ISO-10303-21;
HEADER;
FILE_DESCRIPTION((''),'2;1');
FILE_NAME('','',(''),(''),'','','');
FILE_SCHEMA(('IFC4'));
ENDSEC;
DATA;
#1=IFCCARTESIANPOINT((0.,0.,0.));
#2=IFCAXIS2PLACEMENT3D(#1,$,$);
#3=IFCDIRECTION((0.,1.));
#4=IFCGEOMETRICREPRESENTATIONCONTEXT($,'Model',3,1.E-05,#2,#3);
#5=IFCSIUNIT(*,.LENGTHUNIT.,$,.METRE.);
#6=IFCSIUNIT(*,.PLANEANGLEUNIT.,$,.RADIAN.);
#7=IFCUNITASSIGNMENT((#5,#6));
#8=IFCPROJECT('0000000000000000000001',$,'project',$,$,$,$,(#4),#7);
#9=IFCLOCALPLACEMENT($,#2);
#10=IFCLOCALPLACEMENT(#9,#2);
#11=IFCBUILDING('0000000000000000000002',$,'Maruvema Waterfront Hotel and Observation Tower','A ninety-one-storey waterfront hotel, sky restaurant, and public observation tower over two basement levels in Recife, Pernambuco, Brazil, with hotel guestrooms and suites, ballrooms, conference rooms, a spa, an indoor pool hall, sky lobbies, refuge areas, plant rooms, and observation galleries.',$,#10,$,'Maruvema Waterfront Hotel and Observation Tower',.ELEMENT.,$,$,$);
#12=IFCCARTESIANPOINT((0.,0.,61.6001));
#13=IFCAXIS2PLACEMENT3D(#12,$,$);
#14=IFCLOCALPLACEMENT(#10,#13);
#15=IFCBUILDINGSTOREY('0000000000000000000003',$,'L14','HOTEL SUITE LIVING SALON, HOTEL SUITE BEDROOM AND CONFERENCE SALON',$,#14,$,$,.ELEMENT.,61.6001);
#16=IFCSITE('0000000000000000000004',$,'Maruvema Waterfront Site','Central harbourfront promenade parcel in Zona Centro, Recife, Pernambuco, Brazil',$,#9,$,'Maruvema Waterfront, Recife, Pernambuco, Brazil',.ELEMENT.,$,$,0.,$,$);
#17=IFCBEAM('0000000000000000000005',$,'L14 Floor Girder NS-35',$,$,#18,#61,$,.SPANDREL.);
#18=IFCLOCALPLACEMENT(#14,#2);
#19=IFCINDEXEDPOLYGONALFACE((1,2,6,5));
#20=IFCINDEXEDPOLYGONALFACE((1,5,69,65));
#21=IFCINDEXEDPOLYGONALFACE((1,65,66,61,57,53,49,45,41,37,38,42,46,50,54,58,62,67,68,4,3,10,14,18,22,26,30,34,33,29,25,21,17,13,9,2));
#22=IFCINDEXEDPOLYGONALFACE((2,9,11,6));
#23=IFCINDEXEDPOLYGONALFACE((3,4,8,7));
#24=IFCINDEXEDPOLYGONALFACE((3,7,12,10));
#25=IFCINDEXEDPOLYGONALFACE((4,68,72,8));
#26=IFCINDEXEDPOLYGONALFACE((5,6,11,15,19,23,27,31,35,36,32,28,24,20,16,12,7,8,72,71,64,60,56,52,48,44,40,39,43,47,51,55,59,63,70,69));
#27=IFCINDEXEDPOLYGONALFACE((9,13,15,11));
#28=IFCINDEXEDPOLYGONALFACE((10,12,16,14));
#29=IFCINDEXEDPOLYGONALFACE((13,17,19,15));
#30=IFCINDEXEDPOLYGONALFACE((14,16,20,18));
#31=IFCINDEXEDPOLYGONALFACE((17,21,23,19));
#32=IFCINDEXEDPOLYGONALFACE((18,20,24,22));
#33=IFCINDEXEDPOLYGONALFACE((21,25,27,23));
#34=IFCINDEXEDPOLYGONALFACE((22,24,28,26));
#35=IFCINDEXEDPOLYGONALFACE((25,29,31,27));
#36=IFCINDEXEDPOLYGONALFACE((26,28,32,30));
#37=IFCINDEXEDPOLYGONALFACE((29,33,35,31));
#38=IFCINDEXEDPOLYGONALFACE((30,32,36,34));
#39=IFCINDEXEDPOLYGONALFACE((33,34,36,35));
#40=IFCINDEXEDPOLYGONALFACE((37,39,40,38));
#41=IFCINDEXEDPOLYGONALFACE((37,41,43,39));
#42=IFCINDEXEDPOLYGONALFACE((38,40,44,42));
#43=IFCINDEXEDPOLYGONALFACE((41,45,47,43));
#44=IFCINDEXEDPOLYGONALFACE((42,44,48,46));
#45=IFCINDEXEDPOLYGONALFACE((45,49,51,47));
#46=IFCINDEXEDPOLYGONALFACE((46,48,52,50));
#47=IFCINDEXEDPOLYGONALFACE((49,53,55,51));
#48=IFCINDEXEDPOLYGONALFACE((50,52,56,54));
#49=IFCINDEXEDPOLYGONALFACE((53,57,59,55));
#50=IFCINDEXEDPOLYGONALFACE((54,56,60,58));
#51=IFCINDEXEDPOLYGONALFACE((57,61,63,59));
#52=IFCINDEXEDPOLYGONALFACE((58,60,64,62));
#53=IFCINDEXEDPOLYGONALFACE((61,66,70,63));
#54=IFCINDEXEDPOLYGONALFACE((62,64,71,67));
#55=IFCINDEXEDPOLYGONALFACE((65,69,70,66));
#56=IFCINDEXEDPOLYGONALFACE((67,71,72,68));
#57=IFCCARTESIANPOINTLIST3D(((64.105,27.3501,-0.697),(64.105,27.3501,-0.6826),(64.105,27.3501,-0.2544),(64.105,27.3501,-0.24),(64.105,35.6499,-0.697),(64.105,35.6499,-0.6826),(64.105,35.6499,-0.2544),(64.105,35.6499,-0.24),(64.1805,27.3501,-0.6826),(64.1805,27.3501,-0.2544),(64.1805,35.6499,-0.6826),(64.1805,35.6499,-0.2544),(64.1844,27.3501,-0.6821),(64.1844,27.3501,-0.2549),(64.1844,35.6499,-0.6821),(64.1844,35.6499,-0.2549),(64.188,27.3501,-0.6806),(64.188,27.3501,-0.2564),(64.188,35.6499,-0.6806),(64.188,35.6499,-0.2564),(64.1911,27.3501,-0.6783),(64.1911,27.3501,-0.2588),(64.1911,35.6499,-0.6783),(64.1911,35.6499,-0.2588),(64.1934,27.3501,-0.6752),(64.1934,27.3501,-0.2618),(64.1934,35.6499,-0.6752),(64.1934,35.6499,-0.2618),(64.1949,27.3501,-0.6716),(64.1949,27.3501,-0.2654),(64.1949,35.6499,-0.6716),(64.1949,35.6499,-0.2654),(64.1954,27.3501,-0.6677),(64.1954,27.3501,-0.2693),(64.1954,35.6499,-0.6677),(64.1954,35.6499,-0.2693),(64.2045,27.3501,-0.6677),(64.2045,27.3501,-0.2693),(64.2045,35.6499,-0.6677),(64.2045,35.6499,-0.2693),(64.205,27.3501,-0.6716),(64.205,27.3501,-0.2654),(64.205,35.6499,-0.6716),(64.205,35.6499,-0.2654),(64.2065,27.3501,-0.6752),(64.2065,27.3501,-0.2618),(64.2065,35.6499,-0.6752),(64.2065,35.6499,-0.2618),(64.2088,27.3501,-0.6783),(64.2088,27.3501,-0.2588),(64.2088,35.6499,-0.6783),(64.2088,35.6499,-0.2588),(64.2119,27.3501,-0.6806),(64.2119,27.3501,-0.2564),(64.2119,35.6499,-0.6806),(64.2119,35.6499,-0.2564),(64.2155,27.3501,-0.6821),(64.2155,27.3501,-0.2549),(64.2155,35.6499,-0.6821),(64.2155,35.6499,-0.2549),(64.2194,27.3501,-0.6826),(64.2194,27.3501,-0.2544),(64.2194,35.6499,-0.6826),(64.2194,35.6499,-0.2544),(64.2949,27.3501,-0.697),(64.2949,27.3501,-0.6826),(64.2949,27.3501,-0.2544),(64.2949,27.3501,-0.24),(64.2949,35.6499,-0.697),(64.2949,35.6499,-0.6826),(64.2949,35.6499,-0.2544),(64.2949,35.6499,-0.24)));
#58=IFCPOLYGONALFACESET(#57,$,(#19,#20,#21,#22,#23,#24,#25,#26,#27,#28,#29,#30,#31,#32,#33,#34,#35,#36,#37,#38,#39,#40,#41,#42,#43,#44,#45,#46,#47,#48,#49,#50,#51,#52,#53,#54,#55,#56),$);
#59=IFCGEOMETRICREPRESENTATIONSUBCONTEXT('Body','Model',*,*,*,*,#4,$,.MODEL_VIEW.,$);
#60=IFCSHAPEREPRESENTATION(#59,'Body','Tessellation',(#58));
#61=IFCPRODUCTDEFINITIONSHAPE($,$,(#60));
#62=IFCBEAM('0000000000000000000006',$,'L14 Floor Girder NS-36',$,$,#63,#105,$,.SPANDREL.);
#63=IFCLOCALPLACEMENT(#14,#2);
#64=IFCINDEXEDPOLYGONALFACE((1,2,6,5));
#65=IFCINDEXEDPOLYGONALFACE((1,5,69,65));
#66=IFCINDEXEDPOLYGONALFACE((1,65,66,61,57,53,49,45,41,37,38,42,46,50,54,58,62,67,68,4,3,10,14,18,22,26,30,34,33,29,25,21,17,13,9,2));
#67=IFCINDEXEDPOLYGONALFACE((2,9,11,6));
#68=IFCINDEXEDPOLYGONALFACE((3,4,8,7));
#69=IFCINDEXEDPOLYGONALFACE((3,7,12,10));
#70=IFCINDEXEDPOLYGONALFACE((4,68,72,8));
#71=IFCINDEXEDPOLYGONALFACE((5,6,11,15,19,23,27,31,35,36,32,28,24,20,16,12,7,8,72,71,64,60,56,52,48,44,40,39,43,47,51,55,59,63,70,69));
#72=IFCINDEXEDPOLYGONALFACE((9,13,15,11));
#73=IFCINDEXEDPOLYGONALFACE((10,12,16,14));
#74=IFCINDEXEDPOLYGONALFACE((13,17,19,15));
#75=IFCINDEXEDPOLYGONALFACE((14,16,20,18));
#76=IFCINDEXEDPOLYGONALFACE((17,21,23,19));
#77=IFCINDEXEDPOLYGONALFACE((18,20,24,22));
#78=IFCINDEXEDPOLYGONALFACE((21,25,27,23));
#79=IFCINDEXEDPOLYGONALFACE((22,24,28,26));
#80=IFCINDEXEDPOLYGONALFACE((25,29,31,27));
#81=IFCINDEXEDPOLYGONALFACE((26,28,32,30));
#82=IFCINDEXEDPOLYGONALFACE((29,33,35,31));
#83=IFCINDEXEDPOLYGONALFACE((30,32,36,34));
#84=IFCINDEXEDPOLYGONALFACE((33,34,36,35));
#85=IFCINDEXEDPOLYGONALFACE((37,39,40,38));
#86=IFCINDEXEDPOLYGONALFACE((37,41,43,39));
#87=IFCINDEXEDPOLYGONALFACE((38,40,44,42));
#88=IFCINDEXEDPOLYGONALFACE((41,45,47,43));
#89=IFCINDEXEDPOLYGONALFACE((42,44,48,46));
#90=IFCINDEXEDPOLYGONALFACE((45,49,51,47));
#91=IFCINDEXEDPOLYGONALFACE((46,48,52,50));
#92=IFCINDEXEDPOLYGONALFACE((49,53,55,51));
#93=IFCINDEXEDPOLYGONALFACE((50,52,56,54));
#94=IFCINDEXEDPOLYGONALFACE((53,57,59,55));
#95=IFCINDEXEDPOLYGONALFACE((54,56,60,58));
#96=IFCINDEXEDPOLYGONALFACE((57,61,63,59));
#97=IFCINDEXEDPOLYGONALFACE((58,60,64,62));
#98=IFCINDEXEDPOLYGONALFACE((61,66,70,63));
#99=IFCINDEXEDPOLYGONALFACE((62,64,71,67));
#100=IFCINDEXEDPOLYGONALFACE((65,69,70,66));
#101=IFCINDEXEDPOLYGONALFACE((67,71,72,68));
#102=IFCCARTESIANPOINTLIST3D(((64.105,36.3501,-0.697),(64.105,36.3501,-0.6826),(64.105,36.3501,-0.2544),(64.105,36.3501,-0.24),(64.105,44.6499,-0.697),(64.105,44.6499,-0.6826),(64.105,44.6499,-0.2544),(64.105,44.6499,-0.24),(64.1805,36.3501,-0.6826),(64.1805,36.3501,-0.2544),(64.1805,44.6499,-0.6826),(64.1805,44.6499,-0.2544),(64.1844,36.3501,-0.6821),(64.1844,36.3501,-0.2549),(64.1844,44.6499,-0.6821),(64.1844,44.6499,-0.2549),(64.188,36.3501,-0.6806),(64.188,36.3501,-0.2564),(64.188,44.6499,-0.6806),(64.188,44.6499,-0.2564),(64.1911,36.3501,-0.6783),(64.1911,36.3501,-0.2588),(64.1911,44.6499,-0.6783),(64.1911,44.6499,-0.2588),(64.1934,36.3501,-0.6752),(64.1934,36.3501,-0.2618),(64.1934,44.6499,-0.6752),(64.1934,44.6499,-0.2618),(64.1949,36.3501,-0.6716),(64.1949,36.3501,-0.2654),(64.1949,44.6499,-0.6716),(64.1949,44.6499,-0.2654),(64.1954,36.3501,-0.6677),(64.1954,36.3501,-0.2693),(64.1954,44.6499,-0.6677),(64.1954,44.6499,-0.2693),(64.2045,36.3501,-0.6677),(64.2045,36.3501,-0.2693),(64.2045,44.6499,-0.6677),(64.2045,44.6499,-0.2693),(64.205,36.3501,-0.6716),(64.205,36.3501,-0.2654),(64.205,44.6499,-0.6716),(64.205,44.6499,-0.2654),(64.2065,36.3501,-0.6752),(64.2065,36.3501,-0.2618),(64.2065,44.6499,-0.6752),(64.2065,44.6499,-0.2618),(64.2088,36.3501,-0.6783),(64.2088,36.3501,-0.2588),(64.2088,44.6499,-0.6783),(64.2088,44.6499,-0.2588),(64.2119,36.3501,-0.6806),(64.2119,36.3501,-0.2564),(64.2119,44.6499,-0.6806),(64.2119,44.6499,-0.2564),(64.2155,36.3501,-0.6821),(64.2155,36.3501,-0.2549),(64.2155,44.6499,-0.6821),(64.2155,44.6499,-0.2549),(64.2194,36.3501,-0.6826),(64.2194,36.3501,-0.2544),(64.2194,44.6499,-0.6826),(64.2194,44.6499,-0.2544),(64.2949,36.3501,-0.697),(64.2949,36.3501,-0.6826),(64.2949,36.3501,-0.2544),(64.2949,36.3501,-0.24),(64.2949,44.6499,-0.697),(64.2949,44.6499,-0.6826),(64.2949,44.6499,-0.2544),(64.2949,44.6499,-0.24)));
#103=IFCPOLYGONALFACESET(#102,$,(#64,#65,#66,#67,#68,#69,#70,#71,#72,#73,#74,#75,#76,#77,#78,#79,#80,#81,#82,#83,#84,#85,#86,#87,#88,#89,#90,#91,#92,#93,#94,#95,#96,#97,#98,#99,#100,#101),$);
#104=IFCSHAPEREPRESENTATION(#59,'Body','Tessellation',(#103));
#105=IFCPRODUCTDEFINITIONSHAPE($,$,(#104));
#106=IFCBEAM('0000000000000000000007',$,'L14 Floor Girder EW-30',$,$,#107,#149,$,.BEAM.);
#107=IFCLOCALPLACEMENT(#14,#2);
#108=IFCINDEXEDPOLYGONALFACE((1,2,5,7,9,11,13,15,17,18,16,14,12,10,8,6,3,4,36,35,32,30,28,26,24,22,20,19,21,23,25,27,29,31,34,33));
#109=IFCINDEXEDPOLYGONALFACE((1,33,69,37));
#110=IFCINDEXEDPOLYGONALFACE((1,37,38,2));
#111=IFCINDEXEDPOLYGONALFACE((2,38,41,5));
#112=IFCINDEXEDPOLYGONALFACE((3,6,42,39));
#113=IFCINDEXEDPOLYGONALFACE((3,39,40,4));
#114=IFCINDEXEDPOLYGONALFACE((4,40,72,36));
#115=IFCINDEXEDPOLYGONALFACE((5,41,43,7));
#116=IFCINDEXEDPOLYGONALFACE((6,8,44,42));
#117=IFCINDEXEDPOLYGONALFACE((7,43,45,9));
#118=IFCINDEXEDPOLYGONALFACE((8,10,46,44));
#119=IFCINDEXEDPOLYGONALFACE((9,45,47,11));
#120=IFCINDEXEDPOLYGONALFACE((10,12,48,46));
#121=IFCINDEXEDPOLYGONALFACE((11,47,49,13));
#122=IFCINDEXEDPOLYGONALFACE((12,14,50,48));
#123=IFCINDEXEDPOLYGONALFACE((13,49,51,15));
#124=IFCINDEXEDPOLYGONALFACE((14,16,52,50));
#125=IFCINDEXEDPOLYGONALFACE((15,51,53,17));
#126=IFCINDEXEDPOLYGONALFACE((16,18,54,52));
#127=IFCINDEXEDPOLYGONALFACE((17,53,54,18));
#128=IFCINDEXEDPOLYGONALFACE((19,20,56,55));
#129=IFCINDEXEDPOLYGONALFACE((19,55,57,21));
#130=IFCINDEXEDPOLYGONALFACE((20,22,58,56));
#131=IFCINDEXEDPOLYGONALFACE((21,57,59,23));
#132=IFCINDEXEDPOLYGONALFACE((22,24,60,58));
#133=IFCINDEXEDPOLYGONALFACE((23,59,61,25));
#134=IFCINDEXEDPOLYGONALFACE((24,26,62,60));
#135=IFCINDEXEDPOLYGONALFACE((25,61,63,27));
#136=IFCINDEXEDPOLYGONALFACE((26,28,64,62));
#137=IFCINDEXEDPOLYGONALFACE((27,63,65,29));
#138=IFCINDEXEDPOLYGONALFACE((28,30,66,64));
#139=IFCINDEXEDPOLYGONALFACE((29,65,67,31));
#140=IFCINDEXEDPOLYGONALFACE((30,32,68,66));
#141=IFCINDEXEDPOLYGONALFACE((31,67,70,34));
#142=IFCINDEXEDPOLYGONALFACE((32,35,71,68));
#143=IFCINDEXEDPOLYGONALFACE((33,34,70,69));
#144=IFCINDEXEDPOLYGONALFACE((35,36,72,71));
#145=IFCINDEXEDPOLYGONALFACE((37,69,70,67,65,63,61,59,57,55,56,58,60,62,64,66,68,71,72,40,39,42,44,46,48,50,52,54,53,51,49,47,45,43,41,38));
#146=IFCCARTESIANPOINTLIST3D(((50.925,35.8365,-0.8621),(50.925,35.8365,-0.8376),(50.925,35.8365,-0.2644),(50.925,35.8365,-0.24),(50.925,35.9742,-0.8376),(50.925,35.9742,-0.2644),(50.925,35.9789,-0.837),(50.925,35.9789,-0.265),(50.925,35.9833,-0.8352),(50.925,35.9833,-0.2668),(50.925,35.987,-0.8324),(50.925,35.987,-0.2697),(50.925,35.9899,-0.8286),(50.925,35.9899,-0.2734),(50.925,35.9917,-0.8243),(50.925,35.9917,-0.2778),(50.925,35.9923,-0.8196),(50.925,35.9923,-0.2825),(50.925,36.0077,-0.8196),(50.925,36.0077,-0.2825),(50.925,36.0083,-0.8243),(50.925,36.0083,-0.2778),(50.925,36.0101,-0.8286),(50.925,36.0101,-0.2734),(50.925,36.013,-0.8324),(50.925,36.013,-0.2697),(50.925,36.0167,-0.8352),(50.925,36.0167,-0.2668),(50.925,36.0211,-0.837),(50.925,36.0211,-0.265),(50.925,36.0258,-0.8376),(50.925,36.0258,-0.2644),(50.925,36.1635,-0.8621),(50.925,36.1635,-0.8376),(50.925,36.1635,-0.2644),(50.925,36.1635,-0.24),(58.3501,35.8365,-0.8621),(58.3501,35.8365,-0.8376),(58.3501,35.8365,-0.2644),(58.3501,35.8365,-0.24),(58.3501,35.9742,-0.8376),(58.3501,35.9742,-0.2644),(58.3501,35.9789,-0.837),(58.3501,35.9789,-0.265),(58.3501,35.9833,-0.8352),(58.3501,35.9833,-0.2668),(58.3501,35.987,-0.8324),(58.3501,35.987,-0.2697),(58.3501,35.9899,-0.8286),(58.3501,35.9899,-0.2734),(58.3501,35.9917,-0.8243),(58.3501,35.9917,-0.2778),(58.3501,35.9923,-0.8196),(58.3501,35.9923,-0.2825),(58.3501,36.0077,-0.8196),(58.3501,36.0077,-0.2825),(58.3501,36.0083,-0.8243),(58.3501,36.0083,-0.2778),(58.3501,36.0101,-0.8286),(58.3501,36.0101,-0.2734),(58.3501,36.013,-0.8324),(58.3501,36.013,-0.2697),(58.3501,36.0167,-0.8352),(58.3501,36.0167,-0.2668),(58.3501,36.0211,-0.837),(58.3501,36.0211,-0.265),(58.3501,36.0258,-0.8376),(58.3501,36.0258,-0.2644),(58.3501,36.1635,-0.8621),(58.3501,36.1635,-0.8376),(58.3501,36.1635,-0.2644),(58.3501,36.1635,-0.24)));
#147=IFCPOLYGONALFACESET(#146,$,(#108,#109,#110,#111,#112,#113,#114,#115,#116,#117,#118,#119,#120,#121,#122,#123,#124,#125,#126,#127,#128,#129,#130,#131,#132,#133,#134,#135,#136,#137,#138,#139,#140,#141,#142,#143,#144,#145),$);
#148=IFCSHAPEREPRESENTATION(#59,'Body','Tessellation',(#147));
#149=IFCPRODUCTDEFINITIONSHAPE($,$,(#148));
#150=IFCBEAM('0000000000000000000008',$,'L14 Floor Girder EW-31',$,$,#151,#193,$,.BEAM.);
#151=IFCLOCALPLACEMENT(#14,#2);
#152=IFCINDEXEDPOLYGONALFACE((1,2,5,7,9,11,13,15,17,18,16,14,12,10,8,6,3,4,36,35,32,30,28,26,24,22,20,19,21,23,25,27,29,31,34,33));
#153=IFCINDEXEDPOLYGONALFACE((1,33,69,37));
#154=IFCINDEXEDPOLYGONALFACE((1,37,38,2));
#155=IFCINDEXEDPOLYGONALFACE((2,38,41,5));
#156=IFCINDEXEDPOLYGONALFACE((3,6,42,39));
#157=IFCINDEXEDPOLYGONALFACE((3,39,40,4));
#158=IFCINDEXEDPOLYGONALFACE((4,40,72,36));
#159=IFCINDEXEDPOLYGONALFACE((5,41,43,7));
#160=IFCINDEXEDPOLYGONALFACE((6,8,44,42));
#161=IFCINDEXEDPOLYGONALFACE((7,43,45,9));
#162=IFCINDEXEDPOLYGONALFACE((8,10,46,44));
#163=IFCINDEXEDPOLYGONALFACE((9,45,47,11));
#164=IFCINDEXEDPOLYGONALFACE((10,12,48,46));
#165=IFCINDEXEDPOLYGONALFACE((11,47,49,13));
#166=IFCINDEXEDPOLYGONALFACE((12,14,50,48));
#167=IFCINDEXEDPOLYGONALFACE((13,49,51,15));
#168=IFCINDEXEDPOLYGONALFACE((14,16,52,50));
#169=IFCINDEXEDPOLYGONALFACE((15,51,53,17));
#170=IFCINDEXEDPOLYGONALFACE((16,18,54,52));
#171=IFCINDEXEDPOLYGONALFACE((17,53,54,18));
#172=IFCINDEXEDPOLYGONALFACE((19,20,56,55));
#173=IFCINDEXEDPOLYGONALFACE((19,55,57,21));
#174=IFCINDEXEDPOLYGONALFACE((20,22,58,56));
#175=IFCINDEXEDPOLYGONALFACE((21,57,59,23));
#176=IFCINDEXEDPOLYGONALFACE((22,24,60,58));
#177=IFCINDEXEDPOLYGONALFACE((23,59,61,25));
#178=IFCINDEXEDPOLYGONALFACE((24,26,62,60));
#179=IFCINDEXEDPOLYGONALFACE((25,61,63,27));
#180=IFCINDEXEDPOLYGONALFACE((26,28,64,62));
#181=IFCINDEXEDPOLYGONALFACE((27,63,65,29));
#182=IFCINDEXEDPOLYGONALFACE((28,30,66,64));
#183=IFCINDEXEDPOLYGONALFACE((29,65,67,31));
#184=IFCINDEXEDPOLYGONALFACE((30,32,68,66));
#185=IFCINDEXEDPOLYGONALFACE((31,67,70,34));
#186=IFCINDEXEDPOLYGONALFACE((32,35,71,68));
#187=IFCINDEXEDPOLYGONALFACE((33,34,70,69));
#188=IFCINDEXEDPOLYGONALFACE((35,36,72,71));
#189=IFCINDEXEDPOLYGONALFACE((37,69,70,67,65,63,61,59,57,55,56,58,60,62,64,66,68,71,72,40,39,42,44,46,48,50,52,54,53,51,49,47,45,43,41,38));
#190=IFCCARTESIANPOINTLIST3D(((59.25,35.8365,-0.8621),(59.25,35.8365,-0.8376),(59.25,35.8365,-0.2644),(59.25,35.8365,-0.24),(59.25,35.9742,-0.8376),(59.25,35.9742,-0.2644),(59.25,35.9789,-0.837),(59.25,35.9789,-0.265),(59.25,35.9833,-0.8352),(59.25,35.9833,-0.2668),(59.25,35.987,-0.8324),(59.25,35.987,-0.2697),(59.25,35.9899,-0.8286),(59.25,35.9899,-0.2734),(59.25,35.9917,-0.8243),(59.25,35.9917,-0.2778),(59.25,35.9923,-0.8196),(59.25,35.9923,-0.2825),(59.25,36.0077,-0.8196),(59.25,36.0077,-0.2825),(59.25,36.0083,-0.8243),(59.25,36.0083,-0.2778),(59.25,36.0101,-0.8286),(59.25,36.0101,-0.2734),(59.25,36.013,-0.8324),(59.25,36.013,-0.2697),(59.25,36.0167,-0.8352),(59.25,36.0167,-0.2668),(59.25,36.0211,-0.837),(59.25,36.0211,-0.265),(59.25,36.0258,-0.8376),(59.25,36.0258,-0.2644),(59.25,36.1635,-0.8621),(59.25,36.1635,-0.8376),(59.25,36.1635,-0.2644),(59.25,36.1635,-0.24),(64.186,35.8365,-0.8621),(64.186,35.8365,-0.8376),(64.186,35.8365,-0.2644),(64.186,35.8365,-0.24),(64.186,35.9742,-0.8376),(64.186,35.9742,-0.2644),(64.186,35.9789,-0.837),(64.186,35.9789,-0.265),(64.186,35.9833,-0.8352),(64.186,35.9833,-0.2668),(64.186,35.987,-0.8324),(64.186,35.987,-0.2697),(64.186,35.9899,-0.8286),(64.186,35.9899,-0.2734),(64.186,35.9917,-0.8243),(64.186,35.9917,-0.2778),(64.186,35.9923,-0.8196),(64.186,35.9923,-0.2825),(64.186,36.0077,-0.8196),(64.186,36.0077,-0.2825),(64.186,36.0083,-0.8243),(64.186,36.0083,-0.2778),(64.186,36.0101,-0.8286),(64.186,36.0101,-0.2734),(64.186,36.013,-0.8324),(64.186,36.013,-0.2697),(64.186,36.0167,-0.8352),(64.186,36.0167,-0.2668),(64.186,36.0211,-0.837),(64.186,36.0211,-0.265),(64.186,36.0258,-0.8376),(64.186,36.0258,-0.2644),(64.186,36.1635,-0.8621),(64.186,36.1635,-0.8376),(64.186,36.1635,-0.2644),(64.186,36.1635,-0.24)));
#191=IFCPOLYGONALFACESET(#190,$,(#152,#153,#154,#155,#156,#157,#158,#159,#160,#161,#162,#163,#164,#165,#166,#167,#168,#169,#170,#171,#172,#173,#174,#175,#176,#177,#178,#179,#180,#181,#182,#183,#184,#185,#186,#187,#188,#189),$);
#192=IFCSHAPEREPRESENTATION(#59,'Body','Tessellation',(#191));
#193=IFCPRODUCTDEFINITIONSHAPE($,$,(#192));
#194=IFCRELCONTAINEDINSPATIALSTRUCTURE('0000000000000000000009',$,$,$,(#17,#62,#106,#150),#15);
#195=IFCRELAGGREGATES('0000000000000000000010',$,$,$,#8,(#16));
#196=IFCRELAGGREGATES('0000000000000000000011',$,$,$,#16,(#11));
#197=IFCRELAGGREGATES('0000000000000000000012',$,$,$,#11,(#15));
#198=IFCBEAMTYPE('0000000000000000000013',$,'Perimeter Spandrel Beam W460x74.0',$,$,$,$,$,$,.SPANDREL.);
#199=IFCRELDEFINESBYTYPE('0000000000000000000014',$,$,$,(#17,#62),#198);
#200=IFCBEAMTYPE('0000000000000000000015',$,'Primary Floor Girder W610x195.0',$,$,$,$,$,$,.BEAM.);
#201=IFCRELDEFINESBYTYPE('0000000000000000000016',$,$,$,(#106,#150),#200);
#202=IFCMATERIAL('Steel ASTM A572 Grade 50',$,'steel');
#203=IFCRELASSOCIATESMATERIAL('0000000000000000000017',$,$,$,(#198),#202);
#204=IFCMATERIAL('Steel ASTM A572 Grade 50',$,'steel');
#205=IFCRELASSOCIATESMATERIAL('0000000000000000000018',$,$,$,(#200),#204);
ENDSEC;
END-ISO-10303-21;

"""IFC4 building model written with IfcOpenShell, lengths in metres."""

from ifc_helpers import new_model, si_unit, direction, frame, origin, origin_2d, place, context, subcontext, project, spatial, i_section, extrude, material, material_profile, profile_set, type_object, element, save


model = new_model("IFC4")

# Units and contexts
model_context = context("Model", 3, precision=1e-05, world=origin(), true_north=direction((0.0, 1.0)))
body_context = subcontext(model_context, "Body", "Model", "MODEL_VIEW")
ifc_project = project(units=[si_unit("LENGTHUNIT", "METRE"), si_unit("PLANEANGLEUNIT", "RADIAN")], contexts=[model_context])

# Site, building, storey
site_placement = place(None, origin())
site = spatial("IfcSite", under=ifc_project, at=site_placement, Name="Maruvema Waterfront Site", Description="Central harbourfront promenade parcel in Zona Centro, Recife, Pernambuco, Brazil", LongName="Maruvema Waterfront, Recife, Pernambuco, Brazil", CompositionType="ELEMENT", RefElevation=0.0)
building_placement = place(site_placement, origin())
building = spatial("IfcBuilding", under=site, at=building_placement, Name="Maruvema Waterfront Hotel and Observation Tower", Description="A ninety-one-storey waterfront hotel, sky restaurant, and public observation tower over two basement levels in Recife, Pernambuco, Brazil, with hotel guestrooms and suites, ballrooms, conference rooms, a spa, an indoor pool hall, sky lobbies, refuge areas, plant rooms, and observation galleries.", LongName="Maruvema Waterfront Hotel and Observation Tower", CompositionType="ELEMENT")
storey_placement = place(building_placement, frame((0.0, 0.0, 61.6001)))
storey = spatial("IfcBuildingStorey", under=building, at=storey_placement, Name="L14", Description="HOTEL SUITE LIVING SALON, HOTEL SUITE BEDROOM AND CONFERENCE SALON", CompositionType="ELEMENT", Elevation=61.6001)

# Beams
ifc_material_1 = material(Name="Steel ASTM A572 Grade 50", Category="steel")
ifc_material_profile_1 = material_profile(ifc_material_1, i_section(OverallWidth=0.1899, OverallDepth=0.457, WebThickness=0.009, FlangeThickness=0.0144, FilletRadius=0.0149, at=origin_2d()), Name="W460x74.0")
ifc_profile_set_1 = profile_set([ifc_material_profile_1], Name="Steel ASTM A572 Grade 50")
beam_type_1 = type_object("IfcBeamType", Name="Perimeter Spandrel Beam W460x74.0", PredefinedType="SPANDREL", material=ifc_profile_set_1)
for number, where, z_axis, x_axis, name in (
    (1, (64.2, 27.3501, -0.4685), (0.0, 1.0, 0.0), (-1.0, 0.0, 0.0), "L14 Floor Girder NS-35"),
    (2, (64.2, 36.3501, -0.4685), (0.0, 1.0, 0.0), (-1.0, 0.0, 0.0), "L14 Floor Girder NS-36"),
):
    element("IfcBeam", number, at=place(storey_placement, frame(where, z_axis=z_axis, x_axis=x_axis)), inside=storey, type_object=beam_type_1, Name=name, PredefinedType="SPANDREL", context=body_context, shape_type="SweptSolid", body=[
        extrude(i_section(OverallWidth=0.1899, OverallDepth=0.457, WebThickness=0.009, FlangeThickness=0.0144, FilletRadius=0.0149, at=origin_2d()), origin(), (0.0, 0.0, 1.0), 8.2998),
    ])
ifc_material_2 = material(Name="Steel ASTM A572 Grade 50", Category="steel")
ifc_material_profile_2 = material_profile(ifc_material_2, i_section(OverallWidth=0.3269, OverallDepth=0.6221, WebThickness=0.0154, FlangeThickness=0.0244, FilletRadius=0.0181, at=origin_2d()), Name="W610x195.0")
ifc_profile_set_2 = profile_set([ifc_material_profile_2], Name="Steel ASTM A572 Grade 50")
beam_type_2 = type_object("IfcBeamType", Name="Primary Floor Girder W610x195.0", PredefinedType="BEAM", material=ifc_profile_set_2)
beam_1_placement = place(storey_placement, frame((50.925, 36.0, -0.551), z_axis=(1.0, 0.0, 0.0), x_axis=(0.0, 1.0, 0.0)))
element("IfcBeam", 3, at=beam_1_placement, inside=storey, type_object=beam_type_2, Name="L14 Floor Girder EW-30", PredefinedType="BEAM", context=body_context, shape_type="SweptSolid", body=[
    extrude(i_section(OverallWidth=0.3269, OverallDepth=0.6221, WebThickness=0.0154, FlangeThickness=0.0244, FilletRadius=0.0181, at=origin_2d()), origin(), (0.0, 0.0, 1.0), 7.425),
])
beam_2_placement = place(storey_placement, frame((59.25, 36.0, -0.551), z_axis=(1.0, 0.0, 0.0), x_axis=(0.0, 1.0, 0.0)))
element("IfcBeam", 4, at=beam_2_placement, inside=storey, type_object=beam_type_2, Name="L14 Floor Girder EW-31", PredefinedType="BEAM", context=body_context, shape_type="SweptSolid", body=[
    extrude(i_section(OverallWidth=0.3269, OverallDepth=0.6221, WebThickness=0.0154, FlangeThickness=0.0244, FilletRadius=0.0181, at=origin_2d()), origin(), (0.0, 0.0, 1.0), 4.936),
])

save(model, "model.ifc")
